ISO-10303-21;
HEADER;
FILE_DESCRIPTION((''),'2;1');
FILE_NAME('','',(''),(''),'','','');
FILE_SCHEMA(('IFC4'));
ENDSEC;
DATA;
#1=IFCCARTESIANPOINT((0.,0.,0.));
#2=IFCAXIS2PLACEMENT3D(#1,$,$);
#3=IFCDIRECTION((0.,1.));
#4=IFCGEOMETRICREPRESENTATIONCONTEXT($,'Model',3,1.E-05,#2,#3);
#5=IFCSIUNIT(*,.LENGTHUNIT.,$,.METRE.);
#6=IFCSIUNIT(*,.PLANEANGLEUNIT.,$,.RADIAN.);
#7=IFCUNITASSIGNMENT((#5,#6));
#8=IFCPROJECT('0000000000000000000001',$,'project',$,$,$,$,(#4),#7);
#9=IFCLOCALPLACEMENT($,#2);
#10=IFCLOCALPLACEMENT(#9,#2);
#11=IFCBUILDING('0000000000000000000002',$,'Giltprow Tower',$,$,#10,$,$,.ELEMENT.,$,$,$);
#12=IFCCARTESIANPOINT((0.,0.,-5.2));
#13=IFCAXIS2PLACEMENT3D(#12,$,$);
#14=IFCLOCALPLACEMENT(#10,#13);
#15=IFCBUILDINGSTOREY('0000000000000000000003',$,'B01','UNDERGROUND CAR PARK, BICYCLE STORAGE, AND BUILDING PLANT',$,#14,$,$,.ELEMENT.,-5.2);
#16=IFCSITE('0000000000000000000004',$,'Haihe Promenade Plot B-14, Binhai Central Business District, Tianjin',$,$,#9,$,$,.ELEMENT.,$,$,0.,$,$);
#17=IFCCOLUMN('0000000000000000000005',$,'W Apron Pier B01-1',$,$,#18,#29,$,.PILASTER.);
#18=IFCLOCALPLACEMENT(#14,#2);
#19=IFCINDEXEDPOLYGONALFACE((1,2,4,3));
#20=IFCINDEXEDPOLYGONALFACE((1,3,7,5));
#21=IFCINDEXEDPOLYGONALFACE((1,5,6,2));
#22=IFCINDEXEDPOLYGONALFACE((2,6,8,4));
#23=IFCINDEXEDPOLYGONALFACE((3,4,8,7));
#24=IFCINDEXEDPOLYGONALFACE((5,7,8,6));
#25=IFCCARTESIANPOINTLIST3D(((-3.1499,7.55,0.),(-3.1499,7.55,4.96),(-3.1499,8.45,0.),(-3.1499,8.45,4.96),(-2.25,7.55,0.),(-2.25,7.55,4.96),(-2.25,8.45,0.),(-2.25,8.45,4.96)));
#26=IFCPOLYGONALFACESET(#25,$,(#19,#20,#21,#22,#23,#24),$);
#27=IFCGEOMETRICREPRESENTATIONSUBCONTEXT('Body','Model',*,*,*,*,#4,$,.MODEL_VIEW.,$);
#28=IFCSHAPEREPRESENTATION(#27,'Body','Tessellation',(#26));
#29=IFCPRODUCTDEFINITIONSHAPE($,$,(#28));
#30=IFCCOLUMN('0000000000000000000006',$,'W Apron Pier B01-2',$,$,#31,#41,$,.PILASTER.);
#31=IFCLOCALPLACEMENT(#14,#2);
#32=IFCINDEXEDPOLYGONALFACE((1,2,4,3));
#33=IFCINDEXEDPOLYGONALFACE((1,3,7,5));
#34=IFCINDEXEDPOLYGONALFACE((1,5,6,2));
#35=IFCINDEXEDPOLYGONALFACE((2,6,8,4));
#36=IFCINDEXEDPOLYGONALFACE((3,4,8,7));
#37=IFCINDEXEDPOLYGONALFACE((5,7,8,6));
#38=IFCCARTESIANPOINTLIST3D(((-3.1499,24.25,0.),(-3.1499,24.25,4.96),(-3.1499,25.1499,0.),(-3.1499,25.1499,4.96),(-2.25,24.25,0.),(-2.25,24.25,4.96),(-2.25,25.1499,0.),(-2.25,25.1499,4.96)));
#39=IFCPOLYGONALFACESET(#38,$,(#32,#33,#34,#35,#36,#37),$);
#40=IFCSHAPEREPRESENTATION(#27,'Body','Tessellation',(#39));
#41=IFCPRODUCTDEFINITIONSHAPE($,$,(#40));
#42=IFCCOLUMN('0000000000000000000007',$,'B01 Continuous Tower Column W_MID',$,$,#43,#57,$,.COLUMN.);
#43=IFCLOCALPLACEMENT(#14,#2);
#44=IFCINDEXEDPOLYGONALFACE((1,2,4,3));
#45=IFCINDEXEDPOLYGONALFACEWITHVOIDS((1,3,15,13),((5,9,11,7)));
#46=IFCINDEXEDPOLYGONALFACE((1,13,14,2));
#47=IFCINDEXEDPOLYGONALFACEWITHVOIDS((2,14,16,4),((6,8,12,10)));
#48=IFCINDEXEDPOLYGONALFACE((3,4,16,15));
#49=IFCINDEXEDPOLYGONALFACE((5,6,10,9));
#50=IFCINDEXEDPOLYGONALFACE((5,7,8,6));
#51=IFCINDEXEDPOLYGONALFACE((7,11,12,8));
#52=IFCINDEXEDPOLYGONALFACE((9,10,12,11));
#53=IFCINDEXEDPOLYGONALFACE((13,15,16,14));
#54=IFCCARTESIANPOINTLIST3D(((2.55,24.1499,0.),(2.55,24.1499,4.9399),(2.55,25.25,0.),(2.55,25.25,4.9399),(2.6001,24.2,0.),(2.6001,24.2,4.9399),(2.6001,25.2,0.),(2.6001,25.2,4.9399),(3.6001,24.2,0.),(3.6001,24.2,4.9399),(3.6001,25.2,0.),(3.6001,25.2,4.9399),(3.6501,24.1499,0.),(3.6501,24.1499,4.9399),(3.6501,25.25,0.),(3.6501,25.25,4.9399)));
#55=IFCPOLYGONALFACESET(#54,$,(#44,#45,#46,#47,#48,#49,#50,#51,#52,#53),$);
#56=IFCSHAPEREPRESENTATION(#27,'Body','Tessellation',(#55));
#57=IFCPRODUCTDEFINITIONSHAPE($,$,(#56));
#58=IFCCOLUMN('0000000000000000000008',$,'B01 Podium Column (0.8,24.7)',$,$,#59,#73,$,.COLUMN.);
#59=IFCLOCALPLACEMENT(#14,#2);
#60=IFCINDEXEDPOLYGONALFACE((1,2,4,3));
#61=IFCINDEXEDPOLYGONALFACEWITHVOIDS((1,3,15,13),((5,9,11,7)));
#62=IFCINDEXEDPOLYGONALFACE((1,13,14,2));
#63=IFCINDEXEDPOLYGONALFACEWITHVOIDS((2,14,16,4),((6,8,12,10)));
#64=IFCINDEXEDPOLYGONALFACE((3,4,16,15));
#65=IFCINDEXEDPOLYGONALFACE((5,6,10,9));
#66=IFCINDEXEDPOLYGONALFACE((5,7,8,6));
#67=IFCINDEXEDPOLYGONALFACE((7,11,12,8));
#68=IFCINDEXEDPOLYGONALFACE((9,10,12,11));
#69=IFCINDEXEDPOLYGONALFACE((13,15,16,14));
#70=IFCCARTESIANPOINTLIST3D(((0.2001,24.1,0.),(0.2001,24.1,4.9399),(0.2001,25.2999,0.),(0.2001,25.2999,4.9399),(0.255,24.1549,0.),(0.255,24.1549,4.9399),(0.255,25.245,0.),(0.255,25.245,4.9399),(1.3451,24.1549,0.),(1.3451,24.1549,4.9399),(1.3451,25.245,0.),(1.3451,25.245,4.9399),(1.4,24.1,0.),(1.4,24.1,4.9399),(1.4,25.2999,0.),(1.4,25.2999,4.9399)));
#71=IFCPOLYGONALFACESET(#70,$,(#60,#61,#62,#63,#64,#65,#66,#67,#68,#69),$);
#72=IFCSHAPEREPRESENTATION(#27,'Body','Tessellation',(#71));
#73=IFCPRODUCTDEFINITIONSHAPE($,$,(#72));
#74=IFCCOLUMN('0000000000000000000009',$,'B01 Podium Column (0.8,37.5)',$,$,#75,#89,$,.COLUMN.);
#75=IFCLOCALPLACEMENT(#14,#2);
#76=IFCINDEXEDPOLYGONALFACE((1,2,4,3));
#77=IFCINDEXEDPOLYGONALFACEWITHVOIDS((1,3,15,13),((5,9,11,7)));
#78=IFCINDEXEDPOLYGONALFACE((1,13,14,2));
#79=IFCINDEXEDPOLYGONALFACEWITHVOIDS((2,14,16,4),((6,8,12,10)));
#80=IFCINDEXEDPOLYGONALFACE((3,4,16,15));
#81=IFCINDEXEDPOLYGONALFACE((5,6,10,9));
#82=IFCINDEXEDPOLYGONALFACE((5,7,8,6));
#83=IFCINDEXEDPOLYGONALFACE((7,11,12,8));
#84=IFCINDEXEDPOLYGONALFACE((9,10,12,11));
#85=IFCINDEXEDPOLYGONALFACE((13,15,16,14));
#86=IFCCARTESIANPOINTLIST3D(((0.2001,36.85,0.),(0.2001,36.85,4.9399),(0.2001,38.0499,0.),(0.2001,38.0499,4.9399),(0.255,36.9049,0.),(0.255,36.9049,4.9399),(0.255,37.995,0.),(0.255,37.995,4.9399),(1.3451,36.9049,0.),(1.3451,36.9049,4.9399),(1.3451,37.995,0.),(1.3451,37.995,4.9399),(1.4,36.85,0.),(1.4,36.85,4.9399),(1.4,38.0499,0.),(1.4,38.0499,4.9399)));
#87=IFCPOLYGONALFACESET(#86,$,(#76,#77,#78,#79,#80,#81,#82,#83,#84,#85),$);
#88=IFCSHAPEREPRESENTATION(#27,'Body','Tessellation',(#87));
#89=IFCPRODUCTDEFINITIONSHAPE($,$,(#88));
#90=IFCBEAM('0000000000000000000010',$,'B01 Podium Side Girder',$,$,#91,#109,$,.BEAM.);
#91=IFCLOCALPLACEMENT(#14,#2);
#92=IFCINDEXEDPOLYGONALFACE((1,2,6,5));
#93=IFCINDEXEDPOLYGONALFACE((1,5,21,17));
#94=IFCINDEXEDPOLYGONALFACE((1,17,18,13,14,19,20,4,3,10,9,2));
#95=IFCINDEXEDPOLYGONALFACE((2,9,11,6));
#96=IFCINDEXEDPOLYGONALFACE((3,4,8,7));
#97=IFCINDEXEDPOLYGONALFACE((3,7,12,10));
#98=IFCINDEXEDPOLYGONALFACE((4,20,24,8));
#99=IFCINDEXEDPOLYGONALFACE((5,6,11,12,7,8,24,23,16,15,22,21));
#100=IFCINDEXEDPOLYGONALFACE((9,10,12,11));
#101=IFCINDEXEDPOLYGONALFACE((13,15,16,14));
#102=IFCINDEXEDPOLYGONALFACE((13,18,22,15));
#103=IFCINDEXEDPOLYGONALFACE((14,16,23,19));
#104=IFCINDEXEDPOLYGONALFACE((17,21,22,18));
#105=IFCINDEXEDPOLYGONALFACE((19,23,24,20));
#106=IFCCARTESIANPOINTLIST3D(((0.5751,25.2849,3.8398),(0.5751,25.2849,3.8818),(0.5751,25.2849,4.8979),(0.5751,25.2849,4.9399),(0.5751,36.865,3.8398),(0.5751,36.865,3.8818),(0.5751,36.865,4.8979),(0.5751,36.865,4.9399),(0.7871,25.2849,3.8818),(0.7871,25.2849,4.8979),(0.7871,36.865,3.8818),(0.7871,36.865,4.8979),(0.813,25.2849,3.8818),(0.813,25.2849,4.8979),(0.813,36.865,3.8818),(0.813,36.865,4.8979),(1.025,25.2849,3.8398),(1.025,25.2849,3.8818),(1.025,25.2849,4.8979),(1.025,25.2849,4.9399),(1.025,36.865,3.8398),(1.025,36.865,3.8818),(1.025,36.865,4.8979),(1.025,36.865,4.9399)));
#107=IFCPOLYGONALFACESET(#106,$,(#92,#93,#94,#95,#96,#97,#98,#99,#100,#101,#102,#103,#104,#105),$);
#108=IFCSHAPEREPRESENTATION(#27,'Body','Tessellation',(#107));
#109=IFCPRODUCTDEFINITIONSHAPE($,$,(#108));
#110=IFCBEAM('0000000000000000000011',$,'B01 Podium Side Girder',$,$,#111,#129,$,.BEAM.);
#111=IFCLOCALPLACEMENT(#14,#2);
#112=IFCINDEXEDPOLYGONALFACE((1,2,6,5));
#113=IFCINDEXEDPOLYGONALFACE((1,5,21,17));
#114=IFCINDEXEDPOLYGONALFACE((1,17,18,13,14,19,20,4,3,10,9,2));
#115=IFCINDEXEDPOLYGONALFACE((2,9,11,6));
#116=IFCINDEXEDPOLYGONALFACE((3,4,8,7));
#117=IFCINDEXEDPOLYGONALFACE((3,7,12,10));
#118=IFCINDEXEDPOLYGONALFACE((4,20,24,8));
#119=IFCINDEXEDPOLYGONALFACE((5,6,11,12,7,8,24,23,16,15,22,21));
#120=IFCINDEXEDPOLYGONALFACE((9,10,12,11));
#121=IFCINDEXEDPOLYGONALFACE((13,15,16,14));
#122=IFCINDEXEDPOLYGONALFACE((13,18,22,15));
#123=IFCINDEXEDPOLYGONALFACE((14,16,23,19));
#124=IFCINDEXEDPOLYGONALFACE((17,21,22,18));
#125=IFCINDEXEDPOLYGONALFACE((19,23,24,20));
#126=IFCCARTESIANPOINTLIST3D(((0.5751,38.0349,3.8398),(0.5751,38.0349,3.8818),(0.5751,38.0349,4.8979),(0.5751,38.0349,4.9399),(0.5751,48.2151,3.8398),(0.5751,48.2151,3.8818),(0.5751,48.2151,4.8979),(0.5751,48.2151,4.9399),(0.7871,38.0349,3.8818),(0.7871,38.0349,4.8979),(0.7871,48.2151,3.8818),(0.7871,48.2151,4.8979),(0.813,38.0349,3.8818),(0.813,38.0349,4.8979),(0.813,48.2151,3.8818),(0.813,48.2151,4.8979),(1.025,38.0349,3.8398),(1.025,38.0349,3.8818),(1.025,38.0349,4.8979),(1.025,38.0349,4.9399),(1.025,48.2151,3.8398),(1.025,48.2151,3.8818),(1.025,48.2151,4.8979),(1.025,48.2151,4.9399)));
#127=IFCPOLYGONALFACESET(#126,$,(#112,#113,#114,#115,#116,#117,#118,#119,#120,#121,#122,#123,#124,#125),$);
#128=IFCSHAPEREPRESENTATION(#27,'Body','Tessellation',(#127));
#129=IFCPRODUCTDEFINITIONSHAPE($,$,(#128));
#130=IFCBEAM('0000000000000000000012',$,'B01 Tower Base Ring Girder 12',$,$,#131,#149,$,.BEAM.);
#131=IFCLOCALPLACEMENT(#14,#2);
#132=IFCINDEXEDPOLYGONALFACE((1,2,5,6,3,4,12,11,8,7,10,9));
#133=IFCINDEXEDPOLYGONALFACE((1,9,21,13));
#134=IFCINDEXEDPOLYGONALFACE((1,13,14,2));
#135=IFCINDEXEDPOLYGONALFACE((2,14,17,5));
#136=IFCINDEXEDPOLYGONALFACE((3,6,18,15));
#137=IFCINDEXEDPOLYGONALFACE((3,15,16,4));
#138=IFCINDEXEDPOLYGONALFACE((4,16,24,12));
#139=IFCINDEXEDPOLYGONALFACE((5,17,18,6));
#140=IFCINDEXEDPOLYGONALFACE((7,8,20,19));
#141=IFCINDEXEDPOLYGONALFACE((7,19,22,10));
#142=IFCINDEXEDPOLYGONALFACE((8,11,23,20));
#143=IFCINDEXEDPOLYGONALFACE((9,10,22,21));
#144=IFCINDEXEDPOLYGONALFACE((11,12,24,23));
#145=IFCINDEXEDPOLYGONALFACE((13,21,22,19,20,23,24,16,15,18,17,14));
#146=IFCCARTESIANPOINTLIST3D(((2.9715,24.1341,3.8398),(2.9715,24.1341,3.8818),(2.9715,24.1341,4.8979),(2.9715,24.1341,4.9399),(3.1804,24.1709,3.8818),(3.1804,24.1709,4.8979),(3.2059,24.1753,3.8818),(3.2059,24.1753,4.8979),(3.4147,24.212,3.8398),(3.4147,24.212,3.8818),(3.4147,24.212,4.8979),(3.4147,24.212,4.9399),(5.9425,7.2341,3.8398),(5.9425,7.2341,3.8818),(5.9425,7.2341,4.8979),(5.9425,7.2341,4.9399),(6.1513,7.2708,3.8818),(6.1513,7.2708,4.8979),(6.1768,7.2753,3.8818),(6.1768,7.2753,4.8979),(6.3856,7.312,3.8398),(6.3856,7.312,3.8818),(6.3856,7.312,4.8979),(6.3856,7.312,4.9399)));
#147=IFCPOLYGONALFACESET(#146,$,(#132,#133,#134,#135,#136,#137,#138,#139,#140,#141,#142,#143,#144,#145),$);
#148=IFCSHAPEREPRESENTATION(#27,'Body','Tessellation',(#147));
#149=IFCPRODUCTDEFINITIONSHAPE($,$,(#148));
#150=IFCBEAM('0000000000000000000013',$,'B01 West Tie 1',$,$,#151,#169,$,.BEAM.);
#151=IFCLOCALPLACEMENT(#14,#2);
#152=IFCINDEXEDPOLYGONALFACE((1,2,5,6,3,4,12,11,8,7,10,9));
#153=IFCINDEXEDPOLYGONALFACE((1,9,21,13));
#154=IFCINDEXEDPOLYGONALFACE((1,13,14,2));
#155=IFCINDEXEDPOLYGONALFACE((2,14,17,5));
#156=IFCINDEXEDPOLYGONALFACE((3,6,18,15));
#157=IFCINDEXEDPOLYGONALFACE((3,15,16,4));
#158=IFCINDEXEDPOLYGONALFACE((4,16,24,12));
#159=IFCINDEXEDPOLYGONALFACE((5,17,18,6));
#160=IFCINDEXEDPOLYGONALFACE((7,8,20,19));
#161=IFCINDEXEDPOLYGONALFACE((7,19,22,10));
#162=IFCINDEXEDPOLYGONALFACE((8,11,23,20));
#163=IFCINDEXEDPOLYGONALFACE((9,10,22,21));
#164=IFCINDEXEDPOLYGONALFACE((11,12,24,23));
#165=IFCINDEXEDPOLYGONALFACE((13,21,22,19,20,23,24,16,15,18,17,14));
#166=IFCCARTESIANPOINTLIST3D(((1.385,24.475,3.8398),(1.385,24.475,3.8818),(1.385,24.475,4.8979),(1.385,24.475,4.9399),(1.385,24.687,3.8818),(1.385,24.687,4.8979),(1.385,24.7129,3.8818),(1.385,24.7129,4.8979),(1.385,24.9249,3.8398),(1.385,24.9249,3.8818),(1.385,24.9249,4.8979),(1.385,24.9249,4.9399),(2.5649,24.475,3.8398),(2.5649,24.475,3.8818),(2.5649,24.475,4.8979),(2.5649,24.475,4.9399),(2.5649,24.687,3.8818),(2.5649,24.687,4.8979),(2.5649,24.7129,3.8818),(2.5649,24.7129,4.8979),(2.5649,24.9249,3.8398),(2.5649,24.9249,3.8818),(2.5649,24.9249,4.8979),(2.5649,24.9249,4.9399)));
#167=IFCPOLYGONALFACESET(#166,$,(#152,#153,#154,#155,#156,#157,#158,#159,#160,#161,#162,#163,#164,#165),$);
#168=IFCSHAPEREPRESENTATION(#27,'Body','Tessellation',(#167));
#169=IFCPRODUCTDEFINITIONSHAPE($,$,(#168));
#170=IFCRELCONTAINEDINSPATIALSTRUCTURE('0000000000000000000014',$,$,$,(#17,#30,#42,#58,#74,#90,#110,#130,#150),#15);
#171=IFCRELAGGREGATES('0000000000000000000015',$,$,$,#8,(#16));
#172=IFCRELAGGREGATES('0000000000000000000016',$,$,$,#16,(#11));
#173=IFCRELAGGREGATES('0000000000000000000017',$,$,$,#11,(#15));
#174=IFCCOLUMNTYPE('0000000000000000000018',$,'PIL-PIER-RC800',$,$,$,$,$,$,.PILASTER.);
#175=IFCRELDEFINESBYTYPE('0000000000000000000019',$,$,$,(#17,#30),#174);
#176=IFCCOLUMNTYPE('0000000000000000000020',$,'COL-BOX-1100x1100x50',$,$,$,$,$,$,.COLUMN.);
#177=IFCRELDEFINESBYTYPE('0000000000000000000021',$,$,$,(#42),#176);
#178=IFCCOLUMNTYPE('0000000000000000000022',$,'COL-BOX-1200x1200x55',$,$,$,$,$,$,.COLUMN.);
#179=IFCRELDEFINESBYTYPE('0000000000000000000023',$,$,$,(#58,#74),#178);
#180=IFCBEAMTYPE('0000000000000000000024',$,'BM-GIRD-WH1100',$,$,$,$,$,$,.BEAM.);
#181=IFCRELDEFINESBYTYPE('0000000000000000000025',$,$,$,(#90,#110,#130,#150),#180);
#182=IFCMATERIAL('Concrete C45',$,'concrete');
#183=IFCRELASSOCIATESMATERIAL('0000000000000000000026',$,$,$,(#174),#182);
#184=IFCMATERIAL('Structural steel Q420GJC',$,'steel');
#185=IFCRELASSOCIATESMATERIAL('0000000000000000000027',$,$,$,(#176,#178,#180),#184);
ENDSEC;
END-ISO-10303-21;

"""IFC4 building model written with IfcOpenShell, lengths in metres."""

from ifc_helpers import new_model, si_unit, direction, frame, origin, origin_2d, place, context, subcontext, project, spatial, rectangle, hollow_rectangle, i_section, extrude, source, transform, mapped, material, material_profile, profile_set, type_object, element, save


model = new_model("IFC4")

# Units and contexts
model_context = context("Model", 3, precision=1e-05, world=origin(), true_north=direction((0.0, 1.0)))
body_context = subcontext(model_context, "Body", "Model", "MODEL_VIEW")
ifc_project = project(units=[si_unit("LENGTHUNIT", "METRE"), si_unit("PLANEANGLEUNIT", "RADIAN")], contexts=[model_context])

# Site, building, storey
site_placement = place(None, origin())
site = spatial("IfcSite", under=ifc_project, at=site_placement, Name="Haihe Promenade Plot B-14, Binhai Central Business District, Tianjin", CompositionType="ELEMENT", RefElevation=0.0)
building_placement = place(site_placement, origin())
building = spatial("IfcBuilding", under=site, at=building_placement, Name="Giltprow Tower", CompositionType="ELEMENT")
storey_placement = place(building_placement, frame((0.0, 0.0, -5.2)))
storey = spatial("IfcBuildingStorey", under=building, at=storey_placement, Name="B01", Description="UNDERGROUND CAR PARK, BICYCLE STORAGE, AND BUILDING PLANT", CompositionType="ELEMENT", Elevation=-5.2)

# Columns
ifc_material_1 = material(Name="Concrete C45", Category="concrete")
ifc_material_profile_1 = material_profile(ifc_material_1, rectangle(XDim=0.8999, YDim=0.8999, at=origin_2d()), Name="RC 900x900")
ifc_profile_set_1 = profile_set([ifc_material_profile_1], Name="Concrete C45")
column_type_1 = type_object("IfcColumnType", Name="PIL-PIER-RC800", PredefinedType="PILASTER", material=ifc_profile_set_1)
shared_shape_1 = source(origin(), body_context, "Body", "SweptSolid", [
    extrude(rectangle(XDim=0.8999, YDim=0.8999, at=origin_2d()), origin(), (0.0, 0.0, 1.0), 4.96),
])
for number, where, z_axis, x_axis, name in (
    (1, (-2.7, 8.0, 0.0), (0.0, 0.0, 1.0), (1.0, 0.0, 0.0), "W Apron Pier B01-1"),
    (2, (-2.7, 24.7, 0.0), (0.0, 0.0, 1.0), (1.0, 0.0, 0.0), "W Apron Pier B01-2"),
):
    element("IfcColumn", number, at=place(storey_placement, frame(where, z_axis=z_axis, x_axis=x_axis)), inside=storey, type_object=column_type_1, Name=name, PredefinedType="PILASTER", context=body_context, shape_type="MappedRepresentation", body=[
        mapped(shared_shape_1, transform((0.0, 0.0, 0.0), x_axis=(1.0, 0.0, 0.0), y_axis=(0.0, 1.0, 0.0), z_axis=(0.0, 0.0, 1.0), scale=1.0)),
    ])
ifc_material_2 = material(Name="Structural steel Q420GJC", Category="steel")
ifc_material_profile_2 = material_profile(ifc_material_2, hollow_rectangle(XDim=1.1001, YDim=1.1001, WallThickness=0.05, at=origin_2d()), Name="BOX 1100x1100x50")
ifc_profile_set_2 = profile_set([ifc_material_profile_2], Name="Structural steel Q420GJC")
column_type_2 = type_object("IfcColumnType", Name="COL-BOX-1100x1100x50", PredefinedType="COLUMN", material=ifc_profile_set_2)
shared_shape_2 = source(origin(), body_context, "Body", "SweptSolid", [
    extrude(hollow_rectangle(XDim=1.1001, YDim=1.1001, WallThickness=0.05, at=origin_2d()), origin(), (0.0, 0.0, 1.0), 4.9399),
])
column_placement = place(storey_placement, frame((3.1001, 24.7, 0.0), z_axis=(0.0, 0.0, 1.0), x_axis=(1.0, 0.0, 0.0)))
element("IfcColumn", 3, at=column_placement, inside=storey, type_object=column_type_2, Name="B01 Continuous Tower Column W_MID", PredefinedType="COLUMN", context=body_context, shape_type="MappedRepresentation", body=[
    mapped(shared_shape_2, transform((0.0, 0.0, 0.0), x_axis=(1.0, 0.0, 0.0), y_axis=(0.0, 1.0, 0.0), z_axis=(0.0, 0.0, 1.0), scale=1.0)),
])
ifc_material_profile_3 = material_profile(ifc_material_2, hollow_rectangle(XDim=1.2, YDim=1.2, WallThickness=0.0549, at=origin_2d()), Name="BOX 1200x1200x55")
ifc_profile_set_3 = profile_set([ifc_material_profile_3], Name="Structural steel Q420GJC")
column_type_3 = type_object("IfcColumnType", Name="COL-BOX-1200x1200x55", PredefinedType="COLUMN", material=ifc_profile_set_3)
shared_shape_3 = source(origin(), body_context, "Body", "SweptSolid", [
    extrude(hollow_rectangle(XDim=1.2, YDim=1.2, WallThickness=0.0549, at=origin_2d()), origin(), (0.0, 0.0, 1.0), 4.9399),
])
for number, where, z_axis, x_axis, name in (
    (4, (0.8, 24.7, 0.0), (0.0, 0.0, 1.0), (1.0, 0.0, 0.0), "B01 Podium Column (0.8,24.7)"),
    (5, (0.8, 37.45, 0.0), (0.0, 0.0, 1.0), (1.0, 0.0, 0.0), "B01 Podium Column (0.8,37.5)"),
):
    element("IfcColumn", number, at=place(storey_placement, frame(where, z_axis=z_axis, x_axis=x_axis)), inside=storey, type_object=column_type_3, Name=name, PredefinedType="COLUMN", context=body_context, shape_type="MappedRepresentation", body=[
        mapped(shared_shape_3, transform((0.0, 0.0, 0.0), x_axis=(1.0, 0.0, 0.0), y_axis=(0.0, 1.0, 0.0), z_axis=(0.0, 0.0, 1.0), scale=1.0)),
    ])

# Beams
ifc_material_profile_4 = material_profile(ifc_material_2, i_section(OverallWidth=0.45, OverallDepth=1.1001, WebThickness=0.0259, FlangeThickness=0.042, at=origin_2d()), Name="WH 1100x450x26x42")
ifc_profile_set_4 = profile_set([ifc_material_profile_4], Name="Structural steel Q420GJC")
beam_type = type_object("IfcBeamType", Name="BM-GIRD-WH1100", PredefinedType="BEAM", material=ifc_profile_set_4)
shared_shape_4 = source(origin(), body_context, "Body", "SweptSolid", [
    extrude(i_section(OverallWidth=0.45, OverallDepth=1.1001, WebThickness=0.0259, FlangeThickness=0.042, at=origin_2d()), origin(), (0.0, 0.0, 1.0), 11.5801),
])
beam_1_placement = place(storey_placement, frame((0.8, 25.2849, 4.3899), z_axis=(0.0, 1.0, 0.0), x_axis=(-1.0, 0.0, 0.0)))
element("IfcBeam", 6, at=beam_1_placement, inside=storey, type_object=beam_type, Name="B01 Podium Side Girder", PredefinedType="BEAM", context=body_context, shape_type="MappedRepresentation", body=[
    mapped(shared_shape_4, transform((0.0, 0.0, 0.0), x_axis=(1.0, 0.0, 0.0), y_axis=(0.0, 1.0, 0.0), z_axis=(0.0, 0.0, 1.0), scale=1.0)),
])
shared_shape_5 = source(origin(), body_context, "Body", "SweptSolid", [
    extrude(i_section(OverallWidth=0.45, OverallDepth=1.1001, WebThickness=0.0259, FlangeThickness=0.042, at=origin_2d()), origin(), (0.0, 0.0, 1.0), 10.1802),
])
beam_2_placement = place(storey_placement, frame((0.8, 38.0349, 4.3899), z_axis=(0.0, 1.0, 0.0), x_axis=(-1.0, 0.0, 0.0)))
element("IfcBeam", 7, at=beam_2_placement, inside=storey, type_object=beam_type, Name="B01 Podium Side Girder", PredefinedType="BEAM", context=body_context, shape_type="MappedRepresentation", body=[
    mapped(shared_shape_5, transform((0.0, 0.0, 0.0), x_axis=(1.0, 0.0, 0.0), y_axis=(0.0, 1.0, 0.0), z_axis=(0.0, 0.0, 1.0), scale=1.0)),
])
shared_shape_6 = source(origin(), body_context, "Body", "SweptSolid", [
    extrude(i_section(OverallWidth=0.45, OverallDepth=1.1001, WebThickness=0.0259, FlangeThickness=0.042, at=origin_2d()), origin(), (0.0, 0.0, 1.0), 17.1592),
])
beam_3_placement = place(storey_placement, frame((3.1931, 24.1731, 4.3899), z_axis=(0.173139, -0.984897, 0.0), x_axis=(0.984897, 0.173139, 0.0)))
element("IfcBeam", 8, at=beam_3_placement, inside=storey, type_object=beam_type, Name="B01 Tower Base Ring Girder 12", PredefinedType="BEAM", context=body_context, shape_type="MappedRepresentation", body=[
    mapped(shared_shape_6, transform((0.0, 0.0, 0.0), x_axis=(1.0, 0.0, 0.0), y_axis=(0.0, 1.0, 0.0), z_axis=(0.0, 0.0, 1.0), scale=1.0)),
])
shared_shape_7 = source(origin(), body_context, "Body", "SweptSolid", [
    extrude(i_section(OverallWidth=0.45, OverallDepth=1.1001, WebThickness=0.0259, FlangeThickness=0.042, at=origin_2d()), origin(), (0.0, 0.0, 1.0), 1.1799),
])
beam_4_placement = place(storey_placement, frame((1.385, 24.7, 4.3899), z_axis=(1.0, 0.0, 0.0), x_axis=(0.0, 1.0, 0.0)))
element("IfcBeam", 9, at=beam_4_placement, inside=storey, type_object=beam_type, Name="B01 West Tie 1", PredefinedType="BEAM", context=body_context, shape_type="MappedRepresentation", body=[
    mapped(shared_shape_7, transform((0.0, 0.0, 0.0), x_axis=(1.0, 0.0, 0.0), y_axis=(0.0, 1.0, 0.0), z_axis=(0.0, 0.0, 1.0), scale=1.0)),
])

save(model, "model.ifc")
